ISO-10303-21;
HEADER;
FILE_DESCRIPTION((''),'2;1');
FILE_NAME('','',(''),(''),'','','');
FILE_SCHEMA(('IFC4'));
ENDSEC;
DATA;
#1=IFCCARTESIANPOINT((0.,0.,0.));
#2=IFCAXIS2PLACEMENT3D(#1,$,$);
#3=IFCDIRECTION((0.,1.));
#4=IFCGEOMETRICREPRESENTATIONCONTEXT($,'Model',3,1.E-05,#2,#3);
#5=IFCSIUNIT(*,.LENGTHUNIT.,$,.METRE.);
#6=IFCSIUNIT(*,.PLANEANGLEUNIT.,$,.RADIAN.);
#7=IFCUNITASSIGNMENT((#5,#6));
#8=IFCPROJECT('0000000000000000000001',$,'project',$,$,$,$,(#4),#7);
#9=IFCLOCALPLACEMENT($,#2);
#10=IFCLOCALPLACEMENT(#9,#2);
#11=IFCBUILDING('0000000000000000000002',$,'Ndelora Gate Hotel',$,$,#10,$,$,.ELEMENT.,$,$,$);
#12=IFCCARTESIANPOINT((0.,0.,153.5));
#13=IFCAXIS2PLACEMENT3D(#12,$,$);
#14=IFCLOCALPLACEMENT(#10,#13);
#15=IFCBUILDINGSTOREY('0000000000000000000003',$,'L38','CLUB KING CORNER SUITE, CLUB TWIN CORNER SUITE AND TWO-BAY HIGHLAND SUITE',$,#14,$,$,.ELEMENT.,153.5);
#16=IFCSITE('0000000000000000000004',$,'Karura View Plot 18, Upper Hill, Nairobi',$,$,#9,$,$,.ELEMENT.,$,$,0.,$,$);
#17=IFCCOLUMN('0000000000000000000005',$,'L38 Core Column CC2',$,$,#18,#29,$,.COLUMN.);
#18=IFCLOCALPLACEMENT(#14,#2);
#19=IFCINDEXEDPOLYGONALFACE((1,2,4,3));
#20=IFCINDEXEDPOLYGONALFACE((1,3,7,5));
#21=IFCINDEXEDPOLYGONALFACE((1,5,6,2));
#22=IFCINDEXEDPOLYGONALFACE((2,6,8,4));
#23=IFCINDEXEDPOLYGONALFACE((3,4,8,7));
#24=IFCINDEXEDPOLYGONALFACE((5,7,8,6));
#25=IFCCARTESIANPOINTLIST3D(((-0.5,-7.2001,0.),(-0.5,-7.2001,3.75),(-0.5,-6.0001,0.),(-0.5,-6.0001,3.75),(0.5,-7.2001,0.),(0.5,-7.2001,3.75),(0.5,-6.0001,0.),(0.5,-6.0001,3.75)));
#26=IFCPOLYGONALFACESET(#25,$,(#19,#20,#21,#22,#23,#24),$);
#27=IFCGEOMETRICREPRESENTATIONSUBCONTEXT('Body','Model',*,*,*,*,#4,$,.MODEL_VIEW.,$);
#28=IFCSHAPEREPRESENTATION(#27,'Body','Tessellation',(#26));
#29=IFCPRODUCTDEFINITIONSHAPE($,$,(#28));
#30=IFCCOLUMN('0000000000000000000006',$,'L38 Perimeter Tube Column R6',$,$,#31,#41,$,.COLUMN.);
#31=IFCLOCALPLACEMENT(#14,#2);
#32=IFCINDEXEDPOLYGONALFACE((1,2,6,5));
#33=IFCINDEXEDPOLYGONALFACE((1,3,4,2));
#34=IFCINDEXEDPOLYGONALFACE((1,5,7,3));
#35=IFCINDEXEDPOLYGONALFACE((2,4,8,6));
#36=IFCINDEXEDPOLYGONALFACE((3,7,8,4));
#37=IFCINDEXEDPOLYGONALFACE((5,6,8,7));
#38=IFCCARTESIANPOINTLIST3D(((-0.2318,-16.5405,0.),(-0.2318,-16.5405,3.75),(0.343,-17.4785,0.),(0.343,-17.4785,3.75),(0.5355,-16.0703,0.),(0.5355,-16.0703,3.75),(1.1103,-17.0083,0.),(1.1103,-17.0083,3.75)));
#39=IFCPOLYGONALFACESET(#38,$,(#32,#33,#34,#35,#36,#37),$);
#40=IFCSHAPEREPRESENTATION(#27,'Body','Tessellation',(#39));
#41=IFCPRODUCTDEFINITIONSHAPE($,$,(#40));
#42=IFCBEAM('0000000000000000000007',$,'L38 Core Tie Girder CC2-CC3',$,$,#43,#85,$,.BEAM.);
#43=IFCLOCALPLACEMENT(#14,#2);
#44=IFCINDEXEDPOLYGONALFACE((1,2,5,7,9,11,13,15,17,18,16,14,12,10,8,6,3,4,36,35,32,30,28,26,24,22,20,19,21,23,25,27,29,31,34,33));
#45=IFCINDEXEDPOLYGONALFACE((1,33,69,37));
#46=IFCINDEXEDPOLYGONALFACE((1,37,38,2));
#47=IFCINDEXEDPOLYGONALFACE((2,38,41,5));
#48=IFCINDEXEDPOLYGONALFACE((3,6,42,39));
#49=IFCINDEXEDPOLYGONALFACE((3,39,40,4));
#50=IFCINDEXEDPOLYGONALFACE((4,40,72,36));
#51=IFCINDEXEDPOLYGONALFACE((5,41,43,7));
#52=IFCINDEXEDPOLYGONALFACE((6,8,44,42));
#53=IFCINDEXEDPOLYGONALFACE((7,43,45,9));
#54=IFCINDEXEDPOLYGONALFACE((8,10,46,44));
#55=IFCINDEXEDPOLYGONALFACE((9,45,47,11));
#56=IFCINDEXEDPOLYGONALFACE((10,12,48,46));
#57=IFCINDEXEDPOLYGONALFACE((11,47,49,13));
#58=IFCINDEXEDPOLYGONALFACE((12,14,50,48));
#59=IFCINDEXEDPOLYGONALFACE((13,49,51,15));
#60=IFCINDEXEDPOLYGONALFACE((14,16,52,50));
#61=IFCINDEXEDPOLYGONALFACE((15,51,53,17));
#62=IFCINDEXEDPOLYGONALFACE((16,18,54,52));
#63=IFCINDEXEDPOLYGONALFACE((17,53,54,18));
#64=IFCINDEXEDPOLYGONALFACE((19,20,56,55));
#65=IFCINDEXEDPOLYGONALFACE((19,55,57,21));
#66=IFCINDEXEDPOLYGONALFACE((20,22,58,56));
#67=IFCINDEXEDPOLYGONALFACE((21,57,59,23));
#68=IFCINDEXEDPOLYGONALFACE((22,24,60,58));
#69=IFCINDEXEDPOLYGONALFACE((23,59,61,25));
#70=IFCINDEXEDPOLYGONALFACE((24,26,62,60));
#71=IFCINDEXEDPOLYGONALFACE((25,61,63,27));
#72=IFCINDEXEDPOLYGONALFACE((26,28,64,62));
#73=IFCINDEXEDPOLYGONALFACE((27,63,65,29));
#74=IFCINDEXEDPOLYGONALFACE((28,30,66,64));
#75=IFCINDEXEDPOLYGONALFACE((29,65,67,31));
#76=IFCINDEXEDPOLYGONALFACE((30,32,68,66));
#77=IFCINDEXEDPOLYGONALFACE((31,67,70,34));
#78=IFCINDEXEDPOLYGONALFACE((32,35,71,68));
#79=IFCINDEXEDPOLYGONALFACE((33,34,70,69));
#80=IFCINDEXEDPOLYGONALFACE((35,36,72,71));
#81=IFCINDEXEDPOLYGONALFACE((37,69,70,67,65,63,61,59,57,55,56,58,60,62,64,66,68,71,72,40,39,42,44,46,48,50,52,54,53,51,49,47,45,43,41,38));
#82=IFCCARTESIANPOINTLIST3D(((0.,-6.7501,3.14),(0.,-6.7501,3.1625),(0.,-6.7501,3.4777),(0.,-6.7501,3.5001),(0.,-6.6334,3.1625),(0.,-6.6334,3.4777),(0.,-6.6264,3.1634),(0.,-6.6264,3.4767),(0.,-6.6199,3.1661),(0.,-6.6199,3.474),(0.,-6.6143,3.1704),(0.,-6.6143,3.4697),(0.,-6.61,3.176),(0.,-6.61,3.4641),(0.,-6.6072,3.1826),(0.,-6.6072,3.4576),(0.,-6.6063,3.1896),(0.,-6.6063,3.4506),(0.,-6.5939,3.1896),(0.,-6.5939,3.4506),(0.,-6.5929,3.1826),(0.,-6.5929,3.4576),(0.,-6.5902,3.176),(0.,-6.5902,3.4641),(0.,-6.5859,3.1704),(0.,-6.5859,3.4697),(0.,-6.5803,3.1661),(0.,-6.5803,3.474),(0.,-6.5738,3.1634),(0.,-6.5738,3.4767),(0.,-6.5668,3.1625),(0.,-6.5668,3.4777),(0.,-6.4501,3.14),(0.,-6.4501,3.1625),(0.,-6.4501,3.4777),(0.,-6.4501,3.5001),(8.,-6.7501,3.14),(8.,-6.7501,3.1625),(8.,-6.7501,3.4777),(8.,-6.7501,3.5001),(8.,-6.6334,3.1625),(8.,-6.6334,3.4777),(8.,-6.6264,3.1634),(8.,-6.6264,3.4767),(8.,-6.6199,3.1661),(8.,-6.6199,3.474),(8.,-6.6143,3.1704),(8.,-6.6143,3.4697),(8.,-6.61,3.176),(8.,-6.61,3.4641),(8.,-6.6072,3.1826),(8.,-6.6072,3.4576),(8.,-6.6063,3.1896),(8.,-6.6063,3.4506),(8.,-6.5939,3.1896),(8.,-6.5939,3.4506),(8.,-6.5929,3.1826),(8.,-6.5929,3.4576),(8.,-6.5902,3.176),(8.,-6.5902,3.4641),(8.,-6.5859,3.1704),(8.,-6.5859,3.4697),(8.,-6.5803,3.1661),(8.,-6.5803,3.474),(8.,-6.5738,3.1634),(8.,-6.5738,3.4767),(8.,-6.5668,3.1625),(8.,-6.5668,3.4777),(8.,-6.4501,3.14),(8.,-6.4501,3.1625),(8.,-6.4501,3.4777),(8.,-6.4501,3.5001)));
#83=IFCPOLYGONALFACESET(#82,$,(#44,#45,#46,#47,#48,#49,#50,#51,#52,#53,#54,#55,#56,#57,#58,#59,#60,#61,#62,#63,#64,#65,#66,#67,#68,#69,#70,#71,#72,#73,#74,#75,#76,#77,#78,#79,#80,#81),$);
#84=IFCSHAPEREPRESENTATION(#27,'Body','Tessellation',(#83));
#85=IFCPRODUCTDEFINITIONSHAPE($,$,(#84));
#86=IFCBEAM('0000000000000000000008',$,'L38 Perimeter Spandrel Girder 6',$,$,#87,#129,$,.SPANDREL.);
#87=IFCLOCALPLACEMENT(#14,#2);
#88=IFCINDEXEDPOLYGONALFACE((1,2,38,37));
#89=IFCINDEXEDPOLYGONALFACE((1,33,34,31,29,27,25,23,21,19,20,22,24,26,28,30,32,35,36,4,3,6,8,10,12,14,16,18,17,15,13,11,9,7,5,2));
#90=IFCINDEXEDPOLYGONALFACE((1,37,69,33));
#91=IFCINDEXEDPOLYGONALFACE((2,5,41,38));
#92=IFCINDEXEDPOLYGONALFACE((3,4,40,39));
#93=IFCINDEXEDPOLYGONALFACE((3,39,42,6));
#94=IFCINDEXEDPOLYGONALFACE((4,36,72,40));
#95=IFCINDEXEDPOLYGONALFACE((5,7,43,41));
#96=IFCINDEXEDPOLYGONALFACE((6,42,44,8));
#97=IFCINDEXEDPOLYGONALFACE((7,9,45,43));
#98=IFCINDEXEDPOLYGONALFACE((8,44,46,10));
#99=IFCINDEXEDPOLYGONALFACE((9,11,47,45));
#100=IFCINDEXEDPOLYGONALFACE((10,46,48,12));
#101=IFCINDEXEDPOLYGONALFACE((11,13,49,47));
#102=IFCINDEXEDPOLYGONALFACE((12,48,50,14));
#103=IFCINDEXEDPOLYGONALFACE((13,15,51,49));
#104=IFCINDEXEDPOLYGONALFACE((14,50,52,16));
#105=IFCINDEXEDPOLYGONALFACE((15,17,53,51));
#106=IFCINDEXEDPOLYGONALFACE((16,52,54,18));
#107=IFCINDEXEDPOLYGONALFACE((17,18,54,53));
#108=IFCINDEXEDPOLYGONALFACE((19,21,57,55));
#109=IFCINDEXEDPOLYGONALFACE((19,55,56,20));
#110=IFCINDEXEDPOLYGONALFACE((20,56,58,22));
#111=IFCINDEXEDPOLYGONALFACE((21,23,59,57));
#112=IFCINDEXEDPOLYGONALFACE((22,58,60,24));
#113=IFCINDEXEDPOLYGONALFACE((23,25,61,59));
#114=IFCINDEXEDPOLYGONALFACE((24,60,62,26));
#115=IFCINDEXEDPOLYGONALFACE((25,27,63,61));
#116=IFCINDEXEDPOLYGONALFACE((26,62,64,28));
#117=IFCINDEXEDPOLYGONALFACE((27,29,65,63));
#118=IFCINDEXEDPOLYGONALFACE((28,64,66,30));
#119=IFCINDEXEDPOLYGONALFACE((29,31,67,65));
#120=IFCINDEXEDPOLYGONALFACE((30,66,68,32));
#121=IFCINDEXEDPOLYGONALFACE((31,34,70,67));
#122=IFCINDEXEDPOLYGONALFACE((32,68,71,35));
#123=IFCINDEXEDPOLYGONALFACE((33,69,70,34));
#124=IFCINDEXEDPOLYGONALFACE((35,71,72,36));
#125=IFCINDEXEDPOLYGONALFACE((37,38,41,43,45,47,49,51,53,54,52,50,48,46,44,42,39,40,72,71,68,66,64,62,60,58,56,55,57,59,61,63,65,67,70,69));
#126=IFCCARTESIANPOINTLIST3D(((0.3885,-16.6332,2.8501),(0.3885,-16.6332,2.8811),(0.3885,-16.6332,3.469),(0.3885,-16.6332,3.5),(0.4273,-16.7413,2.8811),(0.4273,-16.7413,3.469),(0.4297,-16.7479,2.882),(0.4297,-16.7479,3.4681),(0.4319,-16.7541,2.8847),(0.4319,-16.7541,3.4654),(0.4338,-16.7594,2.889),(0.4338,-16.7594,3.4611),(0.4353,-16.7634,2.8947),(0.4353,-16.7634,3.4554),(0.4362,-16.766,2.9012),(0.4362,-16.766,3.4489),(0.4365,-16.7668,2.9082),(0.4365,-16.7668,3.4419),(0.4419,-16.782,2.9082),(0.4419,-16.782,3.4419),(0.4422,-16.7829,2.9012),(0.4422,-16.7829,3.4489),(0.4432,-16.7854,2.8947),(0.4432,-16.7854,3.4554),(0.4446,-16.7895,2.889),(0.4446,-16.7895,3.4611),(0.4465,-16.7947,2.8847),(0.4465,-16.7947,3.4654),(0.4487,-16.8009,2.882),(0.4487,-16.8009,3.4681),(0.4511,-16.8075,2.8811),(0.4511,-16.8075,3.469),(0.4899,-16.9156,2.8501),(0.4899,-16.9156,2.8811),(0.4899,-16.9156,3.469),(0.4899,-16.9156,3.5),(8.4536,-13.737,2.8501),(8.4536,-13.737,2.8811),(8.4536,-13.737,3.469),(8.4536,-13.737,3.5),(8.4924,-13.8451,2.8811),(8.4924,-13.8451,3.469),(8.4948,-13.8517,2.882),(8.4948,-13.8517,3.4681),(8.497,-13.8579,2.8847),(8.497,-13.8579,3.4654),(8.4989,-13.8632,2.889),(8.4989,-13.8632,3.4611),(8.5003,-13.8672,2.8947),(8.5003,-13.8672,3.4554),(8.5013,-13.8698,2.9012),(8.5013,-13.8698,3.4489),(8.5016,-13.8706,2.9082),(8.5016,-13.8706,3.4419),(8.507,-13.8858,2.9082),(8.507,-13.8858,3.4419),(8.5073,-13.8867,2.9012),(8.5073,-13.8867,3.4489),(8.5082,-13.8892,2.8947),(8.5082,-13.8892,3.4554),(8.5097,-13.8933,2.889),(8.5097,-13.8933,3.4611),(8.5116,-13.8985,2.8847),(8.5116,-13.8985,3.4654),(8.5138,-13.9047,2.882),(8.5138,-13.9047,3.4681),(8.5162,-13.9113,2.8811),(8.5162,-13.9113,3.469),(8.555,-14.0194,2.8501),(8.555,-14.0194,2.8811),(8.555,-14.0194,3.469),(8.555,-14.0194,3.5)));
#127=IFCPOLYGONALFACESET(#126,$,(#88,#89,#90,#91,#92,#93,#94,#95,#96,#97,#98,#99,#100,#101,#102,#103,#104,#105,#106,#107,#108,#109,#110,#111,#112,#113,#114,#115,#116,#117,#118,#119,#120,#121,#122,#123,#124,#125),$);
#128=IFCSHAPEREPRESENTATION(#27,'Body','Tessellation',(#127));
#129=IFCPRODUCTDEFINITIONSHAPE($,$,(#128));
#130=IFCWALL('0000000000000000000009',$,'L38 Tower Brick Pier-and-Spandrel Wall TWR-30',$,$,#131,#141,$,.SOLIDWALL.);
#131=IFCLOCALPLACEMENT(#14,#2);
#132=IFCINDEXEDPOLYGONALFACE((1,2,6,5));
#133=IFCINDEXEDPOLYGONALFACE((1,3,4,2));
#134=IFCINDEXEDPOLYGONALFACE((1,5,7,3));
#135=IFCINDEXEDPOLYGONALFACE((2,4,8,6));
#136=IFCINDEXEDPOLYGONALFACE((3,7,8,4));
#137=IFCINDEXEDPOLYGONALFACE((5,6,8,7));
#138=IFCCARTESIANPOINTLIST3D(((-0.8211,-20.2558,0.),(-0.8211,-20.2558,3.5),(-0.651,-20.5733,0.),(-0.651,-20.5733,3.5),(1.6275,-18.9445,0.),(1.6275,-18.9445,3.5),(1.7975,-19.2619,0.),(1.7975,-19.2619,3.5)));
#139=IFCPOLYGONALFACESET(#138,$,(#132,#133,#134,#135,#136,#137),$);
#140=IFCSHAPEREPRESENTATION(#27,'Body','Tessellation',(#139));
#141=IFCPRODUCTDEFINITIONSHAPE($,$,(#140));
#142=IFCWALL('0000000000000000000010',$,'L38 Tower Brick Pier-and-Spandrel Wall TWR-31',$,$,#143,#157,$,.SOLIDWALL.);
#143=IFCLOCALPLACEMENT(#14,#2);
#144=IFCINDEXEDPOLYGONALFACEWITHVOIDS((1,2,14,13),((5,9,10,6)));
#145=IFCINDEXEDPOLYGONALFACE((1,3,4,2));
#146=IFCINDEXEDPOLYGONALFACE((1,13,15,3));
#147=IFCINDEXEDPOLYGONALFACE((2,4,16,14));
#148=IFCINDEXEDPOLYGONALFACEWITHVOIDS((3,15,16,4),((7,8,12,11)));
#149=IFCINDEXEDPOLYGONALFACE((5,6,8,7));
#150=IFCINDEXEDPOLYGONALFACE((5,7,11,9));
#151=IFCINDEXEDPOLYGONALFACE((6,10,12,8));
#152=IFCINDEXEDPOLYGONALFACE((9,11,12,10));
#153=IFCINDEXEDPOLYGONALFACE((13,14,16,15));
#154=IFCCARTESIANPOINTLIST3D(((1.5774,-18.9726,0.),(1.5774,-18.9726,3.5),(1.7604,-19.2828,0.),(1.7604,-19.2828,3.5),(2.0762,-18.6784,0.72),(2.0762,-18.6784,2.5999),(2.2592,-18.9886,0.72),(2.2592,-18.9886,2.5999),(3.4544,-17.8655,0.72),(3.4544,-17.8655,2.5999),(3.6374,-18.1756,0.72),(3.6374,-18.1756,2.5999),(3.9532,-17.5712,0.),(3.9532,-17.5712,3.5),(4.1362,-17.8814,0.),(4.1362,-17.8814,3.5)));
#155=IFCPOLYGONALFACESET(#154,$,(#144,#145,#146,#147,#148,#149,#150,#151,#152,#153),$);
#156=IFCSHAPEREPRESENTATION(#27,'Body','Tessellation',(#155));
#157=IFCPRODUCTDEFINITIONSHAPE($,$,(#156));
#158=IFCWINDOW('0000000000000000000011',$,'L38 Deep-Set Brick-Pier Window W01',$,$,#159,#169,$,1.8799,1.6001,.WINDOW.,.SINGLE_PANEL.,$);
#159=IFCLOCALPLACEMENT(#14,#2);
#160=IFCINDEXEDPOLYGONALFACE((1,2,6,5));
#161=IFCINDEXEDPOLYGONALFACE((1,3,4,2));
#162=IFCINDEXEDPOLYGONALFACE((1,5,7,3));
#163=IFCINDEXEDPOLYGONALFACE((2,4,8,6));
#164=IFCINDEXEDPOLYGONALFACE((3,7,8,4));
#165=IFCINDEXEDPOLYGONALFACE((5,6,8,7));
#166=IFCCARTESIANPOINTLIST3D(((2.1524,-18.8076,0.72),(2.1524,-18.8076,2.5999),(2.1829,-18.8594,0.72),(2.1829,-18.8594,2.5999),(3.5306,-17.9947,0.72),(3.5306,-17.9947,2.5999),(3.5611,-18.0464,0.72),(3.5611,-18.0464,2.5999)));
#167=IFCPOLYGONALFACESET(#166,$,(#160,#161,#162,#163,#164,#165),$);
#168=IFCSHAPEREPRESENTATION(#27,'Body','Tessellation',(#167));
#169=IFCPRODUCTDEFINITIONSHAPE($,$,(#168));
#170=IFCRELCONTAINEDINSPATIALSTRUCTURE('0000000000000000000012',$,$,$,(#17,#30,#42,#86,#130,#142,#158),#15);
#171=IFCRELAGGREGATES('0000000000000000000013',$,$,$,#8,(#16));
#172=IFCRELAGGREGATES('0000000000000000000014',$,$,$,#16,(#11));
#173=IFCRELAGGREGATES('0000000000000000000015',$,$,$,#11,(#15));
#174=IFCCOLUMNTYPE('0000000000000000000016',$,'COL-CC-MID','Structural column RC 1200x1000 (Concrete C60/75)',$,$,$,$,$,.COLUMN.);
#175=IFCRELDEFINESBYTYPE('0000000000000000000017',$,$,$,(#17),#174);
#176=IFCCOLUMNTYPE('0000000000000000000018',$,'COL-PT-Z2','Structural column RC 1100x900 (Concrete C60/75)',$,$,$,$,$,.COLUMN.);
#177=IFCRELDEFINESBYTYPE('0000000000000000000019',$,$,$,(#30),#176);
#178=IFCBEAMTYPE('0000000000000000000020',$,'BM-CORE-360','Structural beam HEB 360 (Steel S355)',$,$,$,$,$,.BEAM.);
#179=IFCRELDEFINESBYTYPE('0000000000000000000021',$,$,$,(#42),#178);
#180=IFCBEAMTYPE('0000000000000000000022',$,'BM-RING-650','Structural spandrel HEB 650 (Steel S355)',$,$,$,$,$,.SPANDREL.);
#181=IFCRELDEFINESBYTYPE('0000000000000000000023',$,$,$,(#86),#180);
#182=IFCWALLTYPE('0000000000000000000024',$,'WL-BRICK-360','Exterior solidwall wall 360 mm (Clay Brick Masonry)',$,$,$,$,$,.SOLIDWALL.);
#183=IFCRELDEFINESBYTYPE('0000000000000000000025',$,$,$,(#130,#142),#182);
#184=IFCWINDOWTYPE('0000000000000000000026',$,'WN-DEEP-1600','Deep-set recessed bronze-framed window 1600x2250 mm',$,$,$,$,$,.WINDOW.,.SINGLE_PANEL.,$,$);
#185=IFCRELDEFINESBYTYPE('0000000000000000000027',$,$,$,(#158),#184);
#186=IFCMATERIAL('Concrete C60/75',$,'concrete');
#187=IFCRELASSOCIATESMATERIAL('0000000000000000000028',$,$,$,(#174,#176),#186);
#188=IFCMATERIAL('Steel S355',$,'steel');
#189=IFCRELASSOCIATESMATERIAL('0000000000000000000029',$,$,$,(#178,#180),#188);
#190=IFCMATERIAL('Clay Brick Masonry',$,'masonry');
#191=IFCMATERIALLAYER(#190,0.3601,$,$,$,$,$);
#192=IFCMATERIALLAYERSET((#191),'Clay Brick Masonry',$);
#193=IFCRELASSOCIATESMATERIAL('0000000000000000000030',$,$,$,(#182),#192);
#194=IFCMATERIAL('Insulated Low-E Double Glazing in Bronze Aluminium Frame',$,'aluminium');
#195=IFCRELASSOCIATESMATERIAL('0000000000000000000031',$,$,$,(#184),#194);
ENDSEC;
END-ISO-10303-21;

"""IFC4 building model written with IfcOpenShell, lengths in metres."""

from ifc_helpers import new_model, si_unit, direction, frame, frame_2d, origin, origin_2d, place, context, subcontext, project, spatial, rectangle, i_section, extrude, material, layer, layer_set, material_profile, profile_set, type_object, element, fill, save


model = new_model("IFC4")

# Units and contexts
model_context = context("Model", 3, precision=1e-05, world=origin(), true_north=direction((0.0, 1.0)))
body_context = subcontext(model_context, "Body", "Model", "MODEL_VIEW")
ifc_project = project(units=[si_unit("LENGTHUNIT", "METRE"), si_unit("PLANEANGLEUNIT", "RADIAN")], contexts=[model_context])

# Site, building, storey
site_placement = place(None, origin())
site = spatial("IfcSite", under=ifc_project, at=site_placement, Name="Karura View Plot 18, Upper Hill, Nairobi", CompositionType="ELEMENT", RefElevation=0.0)
building_placement = place(site_placement, origin())
building = spatial("IfcBuilding", under=site, at=building_placement, Name="Ndelora Gate Hotel", CompositionType="ELEMENT")
storey_placement = place(building_placement, frame((0.0, 0.0, 153.5)))
storey = spatial("IfcBuildingStorey", under=building, at=storey_placement, Name="L38", Description="CLUB KING CORNER SUITE, CLUB TWIN CORNER SUITE AND TWO-BAY HIGHLAND SUITE", CompositionType="ELEMENT", Elevation=153.5)

# Columns
ifc_material_1 = material(Name="Concrete C60/75", Category="concrete")
ifc_material_profile_1 = material_profile(ifc_material_1, rectangle(XDim=1.0, YDim=1.2, at=origin_2d()), Name="RC 1200x1000")
ifc_profile_set_1 = profile_set([ifc_material_profile_1], Name="Concrete C60/75")
column_type_1 = type_object("IfcColumnType", Name="COL-CC-MID", Description="Structural column RC 1200x1000 (Concrete C60/75)", PredefinedType="COLUMN", material=ifc_profile_set_1)
column_1_placement = place(storey_placement, frame((0.0, -6.6001, 0.0), z_axis=(0.0, 0.0, 1.0), x_axis=(1.0, 0.0, 0.0)))
element("IfcColumn", 1, at=column_1_placement, inside=storey, type_object=column_type_1, Name="L38 Core Column CC2", PredefinedType="COLUMN", context=body_context, shape_type="SweptSolid", body=[
    extrude(rectangle(XDim=1.0, YDim=1.2, at=origin_2d()), origin(), (0.0, 0.0, 1.0), 3.75),
])
ifc_material_profile_2 = material_profile(ifc_material_1, rectangle(XDim=0.8999, YDim=1.1001, at=origin_2d()), Name="RC 1100x900")
ifc_profile_set_2 = profile_set([ifc_material_profile_2], Name="Concrete C60/75")
column_type_2 = type_object("IfcColumnType", Name="COL-PT-Z2", Description="Structural column RC 1100x900 (Concrete C60/75)", PredefinedType="COLUMN", material=ifc_profile_set_2)
column_2_placement = place(storey_placement, frame((0.4392, -16.7744, 0.0), z_axis=(0.0, 0.0, 1.0), x_axis=(0.85264, 0.522499, 0.0)))
element("IfcColumn", 2, at=column_2_placement, inside=storey, type_object=column_type_2, Name="L38 Perimeter Tube Column R6", PredefinedType="COLUMN", context=body_context, shape_type="SweptSolid", body=[
    extrude(rectangle(XDim=0.8999, YDim=1.1001, at=origin_2d()), origin(), (0.0, 0.0, 1.0), 3.75),
])

# Beams
ifc_material_2 = material(Name="Steel S355", Category="steel")
ifc_material_profile_3 = material_profile(ifc_material_2, i_section(OverallWidth=0.3, OverallDepth=0.3601, WebThickness=0.0125, FlangeThickness=0.0225, FilletRadius=0.0271, at=origin_2d()), Name="HEB 360")
ifc_profile_set_3 = profile_set([ifc_material_profile_3], Name="Steel S355")
beam_type_1 = type_object("IfcBeamType", Name="BM-CORE-360", Description="Structural beam HEB 360 (Steel S355)", PredefinedType="BEAM", material=ifc_profile_set_3)
beam_1_placement = place(storey_placement, frame((0.0, -6.6001, 3.3201), z_axis=(1.0, 0.0, 0.0), x_axis=(0.0, 1.0, 0.0)))
element("IfcBeam", 3, at=beam_1_placement, inside=storey, type_object=beam_type_1, Name="L38 Core Tie Girder CC2-CC3", PredefinedType="BEAM", context=body_context, shape_type="SweptSolid", body=[
    extrude(i_section(OverallWidth=0.3, OverallDepth=0.3601, WebThickness=0.0125, FlangeThickness=0.0225, FilletRadius=0.0271, at=origin_2d()), origin(), (0.0, 0.0, 1.0), 8.0),
])
ifc_material_profile_4 = material_profile(ifc_material_2, i_section(OverallWidth=0.3, OverallDepth=0.6499, WebThickness=0.0161, FlangeThickness=0.031, FilletRadius=0.0271, at=origin_2d()), Name="HEB 650")
ifc_profile_set_4 = profile_set([ifc_material_profile_4], Name="Steel S355")
beam_type_2 = type_object("IfcBeamType", Name="BM-RING-650", Description="Structural spandrel HEB 650 (Steel S355)", PredefinedType="SPANDREL", material=ifc_profile_set_4)
beam_2_placement = place(storey_placement, frame((0.4392, -16.7744, 3.175), z_axis=(0.941156, 0.337973, 0.0), x_axis=(-0.337973, 0.941156, 0.0)))
element("IfcBeam", 4, at=beam_2_placement, inside=storey, type_object=beam_type_2, Name="L38 Perimeter Spandrel Girder 6", PredefinedType="SPANDREL", context=body_context, shape_type="SweptSolid", body=[
    extrude(i_section(OverallWidth=0.3, OverallDepth=0.6499, WebThickness=0.0161, FlangeThickness=0.031, FilletRadius=0.0271, at=origin_2d()), origin(), (0.0, 0.0, 1.0), 8.5693),
])

# Wall
ifc_material_3 = material(Name="Clay Brick Masonry", Category="masonry")
ifc_layer_1 = layer(ifc_material_3, 0.3601)
ifc_layer_set_1 = layer_set([ifc_layer_1], Name="Clay Brick Masonry")
wall_type_1 = type_object("IfcWallType", Name="WL-BRICK-360", Description="Exterior solidwall wall 360 mm (Clay Brick Masonry)", PredefinedType="SOLIDWALL", material=ifc_layer_set_1)
wall_1_placement = place(storey_placement, frame((1.7124, -19.1033, 0.0), z_axis=(0.0, 0.0, 1.0), x_axis=(-0.881541, -0.472107, 0.0)))
element("IfcWall", 5, at=wall_1_placement, inside=storey, type_object=wall_type_1, Name="L38 Tower Brick Pier-and-Spandrel Wall TWR-30", PredefinedType="SOLIDWALL", context=body_context, shape_type="SweptSolid", body=[
    extrude(rectangle(XDim=2.7776, YDim=0.3601, at=frame_2d((1.3887, 0.0))), origin(), (0.0, 0.0, 1.0), 3.5),
])

# Wall, opening, window
wall_2_placement = place(storey_placement, frame((4.0447, -17.7263, 0.0), z_axis=(0.0, 0.0, 1.0), x_axis=(-0.861319, -0.508064, 0.0)))
wall_2 = element("IfcWall", 6, at=wall_2_placement, inside=storey, type_object=wall_type_1, Name="L38 Tower Brick Pier-and-Spandrel Wall TWR-31", PredefinedType="SOLIDWALL", context=body_context, shape_type="SweptSolid", body=[
    extrude(rectangle(XDim=2.7583, YDim=0.3601, at=frame_2d((1.3792, 0.0))), origin(), (0.0, 0.0, 1.0), 3.5),
])
opening_1_placement = place(wall_2_placement, frame((0.5791, 0.0, 0.72)))
opening_1 = element("IfcOpeningElement", 7, at=opening_1_placement, cuts=wall_2, PredefinedType="OPENING", context=body_context, shape_type="SweptSolid", body=[
    extrude(rectangle(XDim=1.6001, YDim=1.8799, at=frame_2d((0.8, 0.9399))), frame((0.0, 0.1899, 0.0), z_axis=(0.0, -1.0, 0.0), x_axis=(1.0, 0.0, 0.0)), (0.0, 0.0, 1.0), 0.3801),
])
ifc_material_4 = material(Name="Insulated Low-E Double Glazing in Bronze Aluminium Frame", Category="aluminium")
window_type = type_object("IfcWindowType", Name="WN-DEEP-1600", Description="Deep-set recessed bronze-framed window 1600x2250 mm", PartitioningType="SINGLE_PANEL", PredefinedType="WINDOW", material=ifc_material_4)
window_placement = place(opening_1_placement, origin())
window = element("IfcWindow", 8, at=window_placement, inside=storey, type_object=window_type, Name="L38 Deep-Set Brick-Pier Window W01", OverallHeight=1.8799, OverallWidth=1.6001, PartitioningType="SINGLE_PANEL", PredefinedType="WINDOW", context=body_context, shape_type="SweptSolid", body=[
    extrude(rectangle(XDim=1.6001, YDim=1.8799, at=frame_2d((0.8, 0.9399))), frame((0.0, 0.03, 0.0), z_axis=(0.0, -1.0, 0.0), x_axis=(1.0, 0.0, 0.0)), (0.0, 0.0, 1.0), 0.0601),
])
fill(opening_1, window)

save(model, "model.ifc")
